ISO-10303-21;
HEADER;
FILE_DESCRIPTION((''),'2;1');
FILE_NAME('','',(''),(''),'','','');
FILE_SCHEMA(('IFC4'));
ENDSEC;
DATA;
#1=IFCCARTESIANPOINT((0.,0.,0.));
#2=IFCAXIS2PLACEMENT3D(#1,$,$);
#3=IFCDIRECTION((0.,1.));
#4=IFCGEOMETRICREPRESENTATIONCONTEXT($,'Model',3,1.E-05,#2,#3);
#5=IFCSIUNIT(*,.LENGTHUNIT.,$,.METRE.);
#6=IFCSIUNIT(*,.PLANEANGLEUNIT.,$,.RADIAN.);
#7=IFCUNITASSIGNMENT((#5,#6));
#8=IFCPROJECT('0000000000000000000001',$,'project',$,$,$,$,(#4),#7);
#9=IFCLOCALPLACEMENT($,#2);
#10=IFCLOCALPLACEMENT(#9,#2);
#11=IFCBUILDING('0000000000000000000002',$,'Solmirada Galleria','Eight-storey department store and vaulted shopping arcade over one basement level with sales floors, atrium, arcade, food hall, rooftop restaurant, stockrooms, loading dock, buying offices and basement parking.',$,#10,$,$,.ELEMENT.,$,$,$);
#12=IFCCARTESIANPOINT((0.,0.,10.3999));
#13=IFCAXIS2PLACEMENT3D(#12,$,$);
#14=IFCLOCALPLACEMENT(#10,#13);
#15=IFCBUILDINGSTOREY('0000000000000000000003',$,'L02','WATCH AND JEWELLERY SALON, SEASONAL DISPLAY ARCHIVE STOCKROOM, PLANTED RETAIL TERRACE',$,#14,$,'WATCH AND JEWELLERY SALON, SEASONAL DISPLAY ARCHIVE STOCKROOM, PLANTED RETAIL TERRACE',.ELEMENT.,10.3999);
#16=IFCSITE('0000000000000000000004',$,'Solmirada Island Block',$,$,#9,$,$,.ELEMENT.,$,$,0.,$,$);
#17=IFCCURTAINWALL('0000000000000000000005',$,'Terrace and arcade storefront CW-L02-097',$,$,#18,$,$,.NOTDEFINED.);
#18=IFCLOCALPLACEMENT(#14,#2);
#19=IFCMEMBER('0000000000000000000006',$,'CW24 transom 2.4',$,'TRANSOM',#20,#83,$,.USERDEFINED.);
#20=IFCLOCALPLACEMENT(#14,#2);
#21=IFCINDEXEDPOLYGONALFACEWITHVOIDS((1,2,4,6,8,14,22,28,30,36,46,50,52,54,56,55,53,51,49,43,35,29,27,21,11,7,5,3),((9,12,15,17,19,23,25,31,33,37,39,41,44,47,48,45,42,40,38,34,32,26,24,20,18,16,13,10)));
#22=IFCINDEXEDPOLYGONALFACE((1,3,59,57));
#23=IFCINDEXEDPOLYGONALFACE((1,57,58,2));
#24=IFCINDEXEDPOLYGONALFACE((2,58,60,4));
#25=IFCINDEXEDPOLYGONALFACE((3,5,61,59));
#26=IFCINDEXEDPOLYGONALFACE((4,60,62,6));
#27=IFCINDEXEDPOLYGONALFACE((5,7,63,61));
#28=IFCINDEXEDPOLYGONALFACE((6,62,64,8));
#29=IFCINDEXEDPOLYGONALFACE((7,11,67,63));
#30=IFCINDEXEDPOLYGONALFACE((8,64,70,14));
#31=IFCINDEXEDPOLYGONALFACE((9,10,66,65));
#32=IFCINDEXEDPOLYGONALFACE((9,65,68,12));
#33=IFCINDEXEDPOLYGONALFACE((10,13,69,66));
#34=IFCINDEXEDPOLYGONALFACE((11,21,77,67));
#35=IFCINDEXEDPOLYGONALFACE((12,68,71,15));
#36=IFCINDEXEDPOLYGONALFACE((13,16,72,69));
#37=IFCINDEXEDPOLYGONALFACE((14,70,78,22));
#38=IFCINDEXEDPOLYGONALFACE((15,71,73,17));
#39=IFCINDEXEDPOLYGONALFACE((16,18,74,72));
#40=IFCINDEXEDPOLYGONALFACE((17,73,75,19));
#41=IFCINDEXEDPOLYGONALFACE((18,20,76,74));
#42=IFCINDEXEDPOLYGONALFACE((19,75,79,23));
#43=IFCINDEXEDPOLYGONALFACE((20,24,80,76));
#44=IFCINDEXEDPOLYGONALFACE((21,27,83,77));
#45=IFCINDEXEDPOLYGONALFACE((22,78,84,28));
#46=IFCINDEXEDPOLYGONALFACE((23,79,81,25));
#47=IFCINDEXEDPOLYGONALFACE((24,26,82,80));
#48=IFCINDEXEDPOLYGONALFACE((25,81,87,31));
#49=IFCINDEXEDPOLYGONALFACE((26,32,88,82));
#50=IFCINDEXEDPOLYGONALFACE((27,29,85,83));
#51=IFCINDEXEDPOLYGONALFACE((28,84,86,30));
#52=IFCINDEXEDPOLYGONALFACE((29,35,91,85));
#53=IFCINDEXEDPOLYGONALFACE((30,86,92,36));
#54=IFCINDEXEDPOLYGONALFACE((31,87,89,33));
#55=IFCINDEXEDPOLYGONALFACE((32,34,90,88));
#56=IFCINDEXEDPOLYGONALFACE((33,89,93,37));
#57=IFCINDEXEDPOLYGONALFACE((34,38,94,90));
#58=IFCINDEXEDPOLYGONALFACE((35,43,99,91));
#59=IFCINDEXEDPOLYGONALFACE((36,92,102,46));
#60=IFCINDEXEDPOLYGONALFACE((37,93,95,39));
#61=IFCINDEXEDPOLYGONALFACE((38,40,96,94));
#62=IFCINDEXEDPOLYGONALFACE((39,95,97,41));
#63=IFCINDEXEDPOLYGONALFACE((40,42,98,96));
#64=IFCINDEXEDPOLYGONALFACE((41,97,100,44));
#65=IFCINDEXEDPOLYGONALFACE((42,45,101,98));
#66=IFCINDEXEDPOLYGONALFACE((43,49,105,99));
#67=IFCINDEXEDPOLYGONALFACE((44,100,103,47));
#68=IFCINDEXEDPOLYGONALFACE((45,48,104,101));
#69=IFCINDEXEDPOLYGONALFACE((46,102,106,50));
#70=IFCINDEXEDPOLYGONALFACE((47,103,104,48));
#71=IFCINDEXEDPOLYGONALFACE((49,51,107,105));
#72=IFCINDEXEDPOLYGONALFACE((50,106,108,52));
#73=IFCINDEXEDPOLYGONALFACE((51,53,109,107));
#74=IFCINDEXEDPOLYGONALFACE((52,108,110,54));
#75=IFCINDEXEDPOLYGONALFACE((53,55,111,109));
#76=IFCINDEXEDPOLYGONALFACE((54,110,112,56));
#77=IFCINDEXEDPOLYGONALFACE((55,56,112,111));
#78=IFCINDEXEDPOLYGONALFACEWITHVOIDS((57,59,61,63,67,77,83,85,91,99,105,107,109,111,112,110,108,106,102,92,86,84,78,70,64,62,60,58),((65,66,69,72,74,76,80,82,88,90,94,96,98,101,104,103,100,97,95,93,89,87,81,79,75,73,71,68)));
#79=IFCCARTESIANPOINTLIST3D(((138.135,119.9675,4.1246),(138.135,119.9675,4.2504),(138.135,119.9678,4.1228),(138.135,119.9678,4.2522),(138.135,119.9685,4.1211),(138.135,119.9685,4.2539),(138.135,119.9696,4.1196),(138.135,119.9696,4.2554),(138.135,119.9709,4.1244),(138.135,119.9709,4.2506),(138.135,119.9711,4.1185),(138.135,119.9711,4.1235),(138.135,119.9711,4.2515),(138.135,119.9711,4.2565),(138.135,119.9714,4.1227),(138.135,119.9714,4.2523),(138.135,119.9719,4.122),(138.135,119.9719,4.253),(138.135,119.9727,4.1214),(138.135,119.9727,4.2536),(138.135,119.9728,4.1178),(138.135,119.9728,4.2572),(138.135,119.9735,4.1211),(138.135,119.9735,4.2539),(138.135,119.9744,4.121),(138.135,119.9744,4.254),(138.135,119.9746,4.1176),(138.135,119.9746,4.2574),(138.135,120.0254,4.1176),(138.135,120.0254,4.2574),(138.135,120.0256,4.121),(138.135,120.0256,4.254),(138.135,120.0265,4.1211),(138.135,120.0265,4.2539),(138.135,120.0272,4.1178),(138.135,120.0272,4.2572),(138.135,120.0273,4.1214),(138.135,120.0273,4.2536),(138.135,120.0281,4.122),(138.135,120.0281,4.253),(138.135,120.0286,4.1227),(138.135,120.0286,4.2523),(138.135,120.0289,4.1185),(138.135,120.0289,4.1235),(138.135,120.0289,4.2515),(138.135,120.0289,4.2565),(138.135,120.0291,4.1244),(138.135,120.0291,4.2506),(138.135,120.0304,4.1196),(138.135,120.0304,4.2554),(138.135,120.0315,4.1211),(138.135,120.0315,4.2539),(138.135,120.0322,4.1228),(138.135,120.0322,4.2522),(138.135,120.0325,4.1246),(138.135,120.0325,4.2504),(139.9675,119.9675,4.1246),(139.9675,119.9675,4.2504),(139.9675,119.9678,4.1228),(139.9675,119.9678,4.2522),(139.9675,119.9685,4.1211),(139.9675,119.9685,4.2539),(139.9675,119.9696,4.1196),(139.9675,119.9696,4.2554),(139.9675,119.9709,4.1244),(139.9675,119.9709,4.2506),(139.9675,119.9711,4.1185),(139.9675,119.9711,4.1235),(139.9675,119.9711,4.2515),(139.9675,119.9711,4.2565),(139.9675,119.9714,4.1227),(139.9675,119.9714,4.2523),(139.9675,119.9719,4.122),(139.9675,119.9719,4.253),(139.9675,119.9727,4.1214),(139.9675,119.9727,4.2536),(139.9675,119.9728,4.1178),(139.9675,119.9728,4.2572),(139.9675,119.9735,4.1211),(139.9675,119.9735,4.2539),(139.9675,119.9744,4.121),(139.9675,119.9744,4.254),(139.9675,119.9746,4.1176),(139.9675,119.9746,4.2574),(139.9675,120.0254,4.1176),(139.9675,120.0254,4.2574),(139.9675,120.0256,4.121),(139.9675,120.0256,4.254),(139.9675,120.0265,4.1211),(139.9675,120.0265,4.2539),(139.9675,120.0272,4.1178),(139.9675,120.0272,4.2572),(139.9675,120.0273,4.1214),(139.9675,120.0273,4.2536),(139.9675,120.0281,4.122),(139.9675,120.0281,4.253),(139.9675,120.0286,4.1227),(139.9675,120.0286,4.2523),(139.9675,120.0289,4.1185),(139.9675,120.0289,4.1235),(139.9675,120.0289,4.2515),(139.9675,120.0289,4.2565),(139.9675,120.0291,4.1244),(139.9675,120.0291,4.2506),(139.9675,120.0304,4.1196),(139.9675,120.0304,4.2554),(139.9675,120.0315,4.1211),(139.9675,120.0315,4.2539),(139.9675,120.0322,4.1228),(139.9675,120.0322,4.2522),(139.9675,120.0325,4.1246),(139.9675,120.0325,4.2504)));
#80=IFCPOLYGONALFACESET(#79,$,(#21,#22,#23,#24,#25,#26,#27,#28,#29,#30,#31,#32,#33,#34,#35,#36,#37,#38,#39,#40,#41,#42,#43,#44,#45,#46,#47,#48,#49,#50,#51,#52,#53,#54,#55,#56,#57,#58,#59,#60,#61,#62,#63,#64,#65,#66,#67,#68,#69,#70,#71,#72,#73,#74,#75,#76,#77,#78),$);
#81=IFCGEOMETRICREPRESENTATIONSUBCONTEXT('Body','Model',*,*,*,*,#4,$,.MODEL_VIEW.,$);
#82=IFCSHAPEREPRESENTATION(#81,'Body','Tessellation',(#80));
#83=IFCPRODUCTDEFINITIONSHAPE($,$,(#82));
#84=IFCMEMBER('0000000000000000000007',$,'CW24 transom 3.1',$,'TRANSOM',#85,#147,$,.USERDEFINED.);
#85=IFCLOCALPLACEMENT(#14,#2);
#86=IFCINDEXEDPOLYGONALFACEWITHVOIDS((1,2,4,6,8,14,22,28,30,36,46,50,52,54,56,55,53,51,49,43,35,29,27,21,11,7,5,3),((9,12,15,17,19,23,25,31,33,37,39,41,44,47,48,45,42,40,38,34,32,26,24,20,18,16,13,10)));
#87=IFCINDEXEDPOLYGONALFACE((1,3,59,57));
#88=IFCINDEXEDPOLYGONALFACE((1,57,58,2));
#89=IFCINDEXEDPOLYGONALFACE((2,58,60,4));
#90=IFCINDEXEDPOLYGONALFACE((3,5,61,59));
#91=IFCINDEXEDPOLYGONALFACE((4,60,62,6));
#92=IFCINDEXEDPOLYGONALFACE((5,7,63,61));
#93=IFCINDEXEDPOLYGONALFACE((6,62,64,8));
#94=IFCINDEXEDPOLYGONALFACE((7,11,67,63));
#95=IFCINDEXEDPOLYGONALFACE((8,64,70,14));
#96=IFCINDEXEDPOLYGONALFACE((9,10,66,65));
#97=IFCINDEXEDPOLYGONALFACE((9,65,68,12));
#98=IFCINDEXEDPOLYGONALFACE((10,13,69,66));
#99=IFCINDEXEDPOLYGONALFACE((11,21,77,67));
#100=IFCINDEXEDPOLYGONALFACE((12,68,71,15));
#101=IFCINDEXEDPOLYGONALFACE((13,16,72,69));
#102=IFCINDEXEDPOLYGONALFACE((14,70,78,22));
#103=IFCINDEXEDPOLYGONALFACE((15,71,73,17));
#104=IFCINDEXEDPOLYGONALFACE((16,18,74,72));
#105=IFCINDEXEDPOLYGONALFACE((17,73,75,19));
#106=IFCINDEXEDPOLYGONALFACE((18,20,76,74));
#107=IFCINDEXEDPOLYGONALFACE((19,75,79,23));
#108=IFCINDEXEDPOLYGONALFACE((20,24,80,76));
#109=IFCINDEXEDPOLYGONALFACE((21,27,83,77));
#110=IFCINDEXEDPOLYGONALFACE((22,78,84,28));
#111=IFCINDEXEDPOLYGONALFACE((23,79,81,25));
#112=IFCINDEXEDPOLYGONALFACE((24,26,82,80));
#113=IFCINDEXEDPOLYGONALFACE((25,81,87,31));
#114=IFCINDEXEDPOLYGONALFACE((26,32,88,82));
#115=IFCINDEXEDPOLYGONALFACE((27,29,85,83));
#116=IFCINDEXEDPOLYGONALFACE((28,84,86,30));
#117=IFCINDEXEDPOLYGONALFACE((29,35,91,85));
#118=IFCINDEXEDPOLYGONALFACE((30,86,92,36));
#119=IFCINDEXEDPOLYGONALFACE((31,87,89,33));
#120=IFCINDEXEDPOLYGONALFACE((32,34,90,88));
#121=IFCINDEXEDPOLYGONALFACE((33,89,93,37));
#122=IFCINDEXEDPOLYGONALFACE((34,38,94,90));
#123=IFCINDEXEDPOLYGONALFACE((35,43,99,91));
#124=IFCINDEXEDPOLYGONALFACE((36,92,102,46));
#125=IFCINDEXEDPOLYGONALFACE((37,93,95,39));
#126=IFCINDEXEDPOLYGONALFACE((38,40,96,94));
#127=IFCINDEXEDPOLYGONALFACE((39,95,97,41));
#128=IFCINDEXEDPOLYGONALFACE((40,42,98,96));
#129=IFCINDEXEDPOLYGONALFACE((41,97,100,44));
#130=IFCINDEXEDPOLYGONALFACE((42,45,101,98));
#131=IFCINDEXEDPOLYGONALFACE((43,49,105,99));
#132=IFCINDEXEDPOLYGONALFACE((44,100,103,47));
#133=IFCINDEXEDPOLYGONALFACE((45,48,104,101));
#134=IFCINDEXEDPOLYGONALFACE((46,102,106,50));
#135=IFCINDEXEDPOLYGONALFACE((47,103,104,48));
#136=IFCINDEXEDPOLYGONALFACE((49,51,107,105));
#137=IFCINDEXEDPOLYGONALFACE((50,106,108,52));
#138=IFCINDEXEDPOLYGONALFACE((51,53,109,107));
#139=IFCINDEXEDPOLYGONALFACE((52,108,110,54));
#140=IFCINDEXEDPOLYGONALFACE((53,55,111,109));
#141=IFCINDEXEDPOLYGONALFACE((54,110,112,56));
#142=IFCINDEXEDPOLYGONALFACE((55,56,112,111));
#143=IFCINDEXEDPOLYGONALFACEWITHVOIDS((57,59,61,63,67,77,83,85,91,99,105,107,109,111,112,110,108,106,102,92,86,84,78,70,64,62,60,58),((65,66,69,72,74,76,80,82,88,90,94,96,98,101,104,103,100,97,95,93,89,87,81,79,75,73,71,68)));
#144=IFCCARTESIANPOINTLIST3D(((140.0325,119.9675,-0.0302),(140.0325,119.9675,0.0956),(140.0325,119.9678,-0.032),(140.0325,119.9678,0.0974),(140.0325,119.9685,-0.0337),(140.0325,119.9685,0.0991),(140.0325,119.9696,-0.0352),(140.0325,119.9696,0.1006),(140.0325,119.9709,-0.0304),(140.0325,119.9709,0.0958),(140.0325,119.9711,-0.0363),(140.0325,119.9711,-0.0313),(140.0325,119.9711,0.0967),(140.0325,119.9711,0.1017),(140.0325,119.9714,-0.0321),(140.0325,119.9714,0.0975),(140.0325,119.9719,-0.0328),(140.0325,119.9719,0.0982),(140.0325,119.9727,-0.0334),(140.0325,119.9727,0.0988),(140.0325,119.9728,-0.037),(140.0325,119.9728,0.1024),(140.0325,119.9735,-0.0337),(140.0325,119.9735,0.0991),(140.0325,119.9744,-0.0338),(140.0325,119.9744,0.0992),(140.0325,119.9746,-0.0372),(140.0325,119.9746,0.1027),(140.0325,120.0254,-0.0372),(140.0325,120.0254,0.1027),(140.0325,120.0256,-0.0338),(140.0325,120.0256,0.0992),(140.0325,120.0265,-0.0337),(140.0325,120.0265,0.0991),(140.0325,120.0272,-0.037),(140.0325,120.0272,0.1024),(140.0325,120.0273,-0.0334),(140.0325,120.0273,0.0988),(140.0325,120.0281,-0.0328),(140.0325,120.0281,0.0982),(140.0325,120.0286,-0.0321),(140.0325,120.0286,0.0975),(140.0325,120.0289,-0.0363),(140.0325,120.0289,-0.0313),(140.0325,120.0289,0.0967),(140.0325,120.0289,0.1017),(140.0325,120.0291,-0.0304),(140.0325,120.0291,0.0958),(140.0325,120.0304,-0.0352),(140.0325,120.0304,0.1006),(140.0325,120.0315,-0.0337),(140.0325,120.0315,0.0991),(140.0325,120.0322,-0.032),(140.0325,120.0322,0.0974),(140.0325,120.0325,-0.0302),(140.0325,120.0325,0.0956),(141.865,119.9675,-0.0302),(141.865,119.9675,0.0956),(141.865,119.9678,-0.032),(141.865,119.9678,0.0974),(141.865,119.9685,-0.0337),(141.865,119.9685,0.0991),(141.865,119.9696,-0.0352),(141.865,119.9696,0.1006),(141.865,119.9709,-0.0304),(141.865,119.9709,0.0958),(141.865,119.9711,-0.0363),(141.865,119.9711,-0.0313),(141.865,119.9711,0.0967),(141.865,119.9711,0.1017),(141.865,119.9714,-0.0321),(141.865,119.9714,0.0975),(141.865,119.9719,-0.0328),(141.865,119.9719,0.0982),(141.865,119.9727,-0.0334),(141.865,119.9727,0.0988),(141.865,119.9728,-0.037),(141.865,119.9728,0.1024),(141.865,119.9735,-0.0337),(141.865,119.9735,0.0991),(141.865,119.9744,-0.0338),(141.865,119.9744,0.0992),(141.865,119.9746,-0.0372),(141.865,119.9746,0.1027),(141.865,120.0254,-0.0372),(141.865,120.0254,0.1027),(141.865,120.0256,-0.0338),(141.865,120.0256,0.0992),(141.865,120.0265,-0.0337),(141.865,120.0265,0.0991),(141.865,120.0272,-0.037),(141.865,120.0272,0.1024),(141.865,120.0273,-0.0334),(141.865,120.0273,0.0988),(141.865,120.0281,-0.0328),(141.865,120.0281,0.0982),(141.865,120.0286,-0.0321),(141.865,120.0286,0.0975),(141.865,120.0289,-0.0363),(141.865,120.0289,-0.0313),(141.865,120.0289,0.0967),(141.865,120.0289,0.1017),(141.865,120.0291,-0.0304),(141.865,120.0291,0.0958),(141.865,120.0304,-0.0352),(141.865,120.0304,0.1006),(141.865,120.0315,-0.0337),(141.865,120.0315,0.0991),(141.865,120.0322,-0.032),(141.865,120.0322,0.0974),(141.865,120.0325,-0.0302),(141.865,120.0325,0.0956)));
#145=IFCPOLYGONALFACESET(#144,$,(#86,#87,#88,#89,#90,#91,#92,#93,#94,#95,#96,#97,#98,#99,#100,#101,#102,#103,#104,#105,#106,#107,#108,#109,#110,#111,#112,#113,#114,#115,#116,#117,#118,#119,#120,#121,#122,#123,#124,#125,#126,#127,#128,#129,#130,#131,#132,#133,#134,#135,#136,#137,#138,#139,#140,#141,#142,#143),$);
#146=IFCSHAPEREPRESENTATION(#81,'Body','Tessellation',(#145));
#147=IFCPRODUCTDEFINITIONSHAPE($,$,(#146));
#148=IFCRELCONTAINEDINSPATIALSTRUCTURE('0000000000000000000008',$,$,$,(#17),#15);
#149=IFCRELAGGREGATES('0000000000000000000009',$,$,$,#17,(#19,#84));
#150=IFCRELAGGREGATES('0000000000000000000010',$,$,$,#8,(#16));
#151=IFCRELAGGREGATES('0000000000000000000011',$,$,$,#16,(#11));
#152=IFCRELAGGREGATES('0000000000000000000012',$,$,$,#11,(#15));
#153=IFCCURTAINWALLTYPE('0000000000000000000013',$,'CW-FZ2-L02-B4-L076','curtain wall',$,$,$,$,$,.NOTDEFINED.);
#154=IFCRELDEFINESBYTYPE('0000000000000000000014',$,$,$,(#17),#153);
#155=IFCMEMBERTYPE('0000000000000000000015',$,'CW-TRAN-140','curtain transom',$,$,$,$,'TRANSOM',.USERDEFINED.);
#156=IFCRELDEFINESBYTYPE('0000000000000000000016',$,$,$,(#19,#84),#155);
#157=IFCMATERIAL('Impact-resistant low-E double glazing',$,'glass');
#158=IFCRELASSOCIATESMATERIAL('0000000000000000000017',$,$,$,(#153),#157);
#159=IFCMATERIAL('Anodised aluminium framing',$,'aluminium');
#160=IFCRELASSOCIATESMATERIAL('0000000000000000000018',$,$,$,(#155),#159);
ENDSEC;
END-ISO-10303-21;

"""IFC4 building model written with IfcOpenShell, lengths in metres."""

from ifc_helpers import new_model, si_unit, direction, frame, origin, origin_2d, place, context, subcontext, project, spatial, hollow_rectangle, extrude, material, material_profile, profile_set, type_object, element, aggregate, save


model = new_model("IFC4")

# Units and contexts
model_context = context("Model", 3, precision=1e-05, world=origin(), true_north=direction((0.0, 1.0)))
body_context = subcontext(model_context, "Body", "Model", "MODEL_VIEW")
ifc_project = project(units=[si_unit("LENGTHUNIT", "METRE"), si_unit("PLANEANGLEUNIT", "RADIAN")], contexts=[model_context])

# Site, building, storey
site_placement = place(None, origin())
site = spatial("IfcSite", under=ifc_project, at=site_placement, Name="Solmirada Island Block", CompositionType="ELEMENT", RefElevation=0.0)
building_placement = place(site_placement, origin())
building = spatial("IfcBuilding", under=site, at=building_placement, Name="Solmirada Galleria", Description="Eight-storey department store and vaulted shopping arcade over one basement level with sales floors, atrium, arcade, food hall, rooftop restaurant, stockrooms, loading dock, buying offices and basement parking.", CompositionType="ELEMENT")
storey_placement = place(building_placement, frame((0.0, 0.0, 10.3999)))
storey = spatial("IfcBuildingStorey", under=building, at=storey_placement, Name="L02", Description="WATCH AND JEWELLERY SALON, SEASONAL DISPLAY ARCHIVE STOCKROOM, PLANTED RETAIL TERRACE", LongName="WATCH AND JEWELLERY SALON, SEASONAL DISPLAY ARCHIVE STOCKROOM, PLANTED RETAIL TERRACE", CompositionType="ELEMENT", Elevation=10.3999)

# Shared definitions
ifc_material_1 = material(Name="Impact-resistant low-E double glazing", Category="glass")
curtain_wall_type = type_object("IfcCurtainWallType", Name="CW-FZ2-L02-B4-L076", Description="curtain wall", PredefinedType="NOTDEFINED", material=ifc_material_1)
ifc_material_2 = material(Name="Anodised aluminium framing", Category="aluminium")

# Curtain wall, members
curtain_wall_1_placement = place(storey_placement, origin())
curtain_wall_1 = element("IfcCurtainWall", 1, at=curtain_wall_1_placement, inside=storey, type_object=curtain_wall_type, Name="Terrace and arcade storefront CW-L02-097", PredefinedType="NOTDEFINED")
ifc_material_profile_1 = material_profile(ifc_material_2, hollow_rectangle(XDim=0.0649, YDim=0.1399, WallThickness=0.0034, InnerFilletRadius=0.0034, OuterFilletRadius=0.0071, at=origin_2d()), Name="ALU-TRAN-140X65")
ifc_profile_set_1 = profile_set([ifc_material_profile_1], Name="Anodised aluminium framing")
member_type_1 = type_object("IfcMemberType", Name="CW-TRAN-140", Description="curtain transom", ElementType="TRANSOM", PredefinedType="USERDEFINED", material=ifc_profile_set_1)
member_1_placement = place(storey_placement, frame((138.135, 120.0, 4.1875), z_axis=(1.0, 0.0, 0.0), x_axis=(0.0, 1.0, 0.0)))
member_1 = element("IfcMember", 2, at=member_1_placement, type_object=member_type_1, Name="CW24 transom 2.4", ObjectType="TRANSOM", PredefinedType="USERDEFINED", context=body_context, shape_type="SweptSolid", body=[
    extrude(hollow_rectangle(XDim=0.0649, YDim=0.1399, WallThickness=0.0034, InnerFilletRadius=0.0034, OuterFilletRadius=0.0071, at=origin_2d()), origin(), (0.0, 0.0, 1.0), 1.8325),
])
member_2_placement = place(storey_placement, frame((140.0325, 120.0, 0.0327), z_axis=(1.0, 0.0, 0.0), x_axis=(0.0, 1.0, 0.0)))
member_2 = element("IfcMember", 3, at=member_2_placement, type_object=member_type_1, Name="CW24 transom 3.1", ObjectType="TRANSOM", PredefinedType="USERDEFINED", context=body_context, shape_type="SweptSolid", body=[
    extrude(hollow_rectangle(XDim=0.0649, YDim=0.1399, WallThickness=0.0034, InnerFilletRadius=0.0034, OuterFilletRadius=0.0071, at=origin_2d()), origin(), (0.0, 0.0, 1.0), 1.8325),
])
aggregate(curtain_wall_1, [member_1, member_2])

save(model, "model.ifc")
